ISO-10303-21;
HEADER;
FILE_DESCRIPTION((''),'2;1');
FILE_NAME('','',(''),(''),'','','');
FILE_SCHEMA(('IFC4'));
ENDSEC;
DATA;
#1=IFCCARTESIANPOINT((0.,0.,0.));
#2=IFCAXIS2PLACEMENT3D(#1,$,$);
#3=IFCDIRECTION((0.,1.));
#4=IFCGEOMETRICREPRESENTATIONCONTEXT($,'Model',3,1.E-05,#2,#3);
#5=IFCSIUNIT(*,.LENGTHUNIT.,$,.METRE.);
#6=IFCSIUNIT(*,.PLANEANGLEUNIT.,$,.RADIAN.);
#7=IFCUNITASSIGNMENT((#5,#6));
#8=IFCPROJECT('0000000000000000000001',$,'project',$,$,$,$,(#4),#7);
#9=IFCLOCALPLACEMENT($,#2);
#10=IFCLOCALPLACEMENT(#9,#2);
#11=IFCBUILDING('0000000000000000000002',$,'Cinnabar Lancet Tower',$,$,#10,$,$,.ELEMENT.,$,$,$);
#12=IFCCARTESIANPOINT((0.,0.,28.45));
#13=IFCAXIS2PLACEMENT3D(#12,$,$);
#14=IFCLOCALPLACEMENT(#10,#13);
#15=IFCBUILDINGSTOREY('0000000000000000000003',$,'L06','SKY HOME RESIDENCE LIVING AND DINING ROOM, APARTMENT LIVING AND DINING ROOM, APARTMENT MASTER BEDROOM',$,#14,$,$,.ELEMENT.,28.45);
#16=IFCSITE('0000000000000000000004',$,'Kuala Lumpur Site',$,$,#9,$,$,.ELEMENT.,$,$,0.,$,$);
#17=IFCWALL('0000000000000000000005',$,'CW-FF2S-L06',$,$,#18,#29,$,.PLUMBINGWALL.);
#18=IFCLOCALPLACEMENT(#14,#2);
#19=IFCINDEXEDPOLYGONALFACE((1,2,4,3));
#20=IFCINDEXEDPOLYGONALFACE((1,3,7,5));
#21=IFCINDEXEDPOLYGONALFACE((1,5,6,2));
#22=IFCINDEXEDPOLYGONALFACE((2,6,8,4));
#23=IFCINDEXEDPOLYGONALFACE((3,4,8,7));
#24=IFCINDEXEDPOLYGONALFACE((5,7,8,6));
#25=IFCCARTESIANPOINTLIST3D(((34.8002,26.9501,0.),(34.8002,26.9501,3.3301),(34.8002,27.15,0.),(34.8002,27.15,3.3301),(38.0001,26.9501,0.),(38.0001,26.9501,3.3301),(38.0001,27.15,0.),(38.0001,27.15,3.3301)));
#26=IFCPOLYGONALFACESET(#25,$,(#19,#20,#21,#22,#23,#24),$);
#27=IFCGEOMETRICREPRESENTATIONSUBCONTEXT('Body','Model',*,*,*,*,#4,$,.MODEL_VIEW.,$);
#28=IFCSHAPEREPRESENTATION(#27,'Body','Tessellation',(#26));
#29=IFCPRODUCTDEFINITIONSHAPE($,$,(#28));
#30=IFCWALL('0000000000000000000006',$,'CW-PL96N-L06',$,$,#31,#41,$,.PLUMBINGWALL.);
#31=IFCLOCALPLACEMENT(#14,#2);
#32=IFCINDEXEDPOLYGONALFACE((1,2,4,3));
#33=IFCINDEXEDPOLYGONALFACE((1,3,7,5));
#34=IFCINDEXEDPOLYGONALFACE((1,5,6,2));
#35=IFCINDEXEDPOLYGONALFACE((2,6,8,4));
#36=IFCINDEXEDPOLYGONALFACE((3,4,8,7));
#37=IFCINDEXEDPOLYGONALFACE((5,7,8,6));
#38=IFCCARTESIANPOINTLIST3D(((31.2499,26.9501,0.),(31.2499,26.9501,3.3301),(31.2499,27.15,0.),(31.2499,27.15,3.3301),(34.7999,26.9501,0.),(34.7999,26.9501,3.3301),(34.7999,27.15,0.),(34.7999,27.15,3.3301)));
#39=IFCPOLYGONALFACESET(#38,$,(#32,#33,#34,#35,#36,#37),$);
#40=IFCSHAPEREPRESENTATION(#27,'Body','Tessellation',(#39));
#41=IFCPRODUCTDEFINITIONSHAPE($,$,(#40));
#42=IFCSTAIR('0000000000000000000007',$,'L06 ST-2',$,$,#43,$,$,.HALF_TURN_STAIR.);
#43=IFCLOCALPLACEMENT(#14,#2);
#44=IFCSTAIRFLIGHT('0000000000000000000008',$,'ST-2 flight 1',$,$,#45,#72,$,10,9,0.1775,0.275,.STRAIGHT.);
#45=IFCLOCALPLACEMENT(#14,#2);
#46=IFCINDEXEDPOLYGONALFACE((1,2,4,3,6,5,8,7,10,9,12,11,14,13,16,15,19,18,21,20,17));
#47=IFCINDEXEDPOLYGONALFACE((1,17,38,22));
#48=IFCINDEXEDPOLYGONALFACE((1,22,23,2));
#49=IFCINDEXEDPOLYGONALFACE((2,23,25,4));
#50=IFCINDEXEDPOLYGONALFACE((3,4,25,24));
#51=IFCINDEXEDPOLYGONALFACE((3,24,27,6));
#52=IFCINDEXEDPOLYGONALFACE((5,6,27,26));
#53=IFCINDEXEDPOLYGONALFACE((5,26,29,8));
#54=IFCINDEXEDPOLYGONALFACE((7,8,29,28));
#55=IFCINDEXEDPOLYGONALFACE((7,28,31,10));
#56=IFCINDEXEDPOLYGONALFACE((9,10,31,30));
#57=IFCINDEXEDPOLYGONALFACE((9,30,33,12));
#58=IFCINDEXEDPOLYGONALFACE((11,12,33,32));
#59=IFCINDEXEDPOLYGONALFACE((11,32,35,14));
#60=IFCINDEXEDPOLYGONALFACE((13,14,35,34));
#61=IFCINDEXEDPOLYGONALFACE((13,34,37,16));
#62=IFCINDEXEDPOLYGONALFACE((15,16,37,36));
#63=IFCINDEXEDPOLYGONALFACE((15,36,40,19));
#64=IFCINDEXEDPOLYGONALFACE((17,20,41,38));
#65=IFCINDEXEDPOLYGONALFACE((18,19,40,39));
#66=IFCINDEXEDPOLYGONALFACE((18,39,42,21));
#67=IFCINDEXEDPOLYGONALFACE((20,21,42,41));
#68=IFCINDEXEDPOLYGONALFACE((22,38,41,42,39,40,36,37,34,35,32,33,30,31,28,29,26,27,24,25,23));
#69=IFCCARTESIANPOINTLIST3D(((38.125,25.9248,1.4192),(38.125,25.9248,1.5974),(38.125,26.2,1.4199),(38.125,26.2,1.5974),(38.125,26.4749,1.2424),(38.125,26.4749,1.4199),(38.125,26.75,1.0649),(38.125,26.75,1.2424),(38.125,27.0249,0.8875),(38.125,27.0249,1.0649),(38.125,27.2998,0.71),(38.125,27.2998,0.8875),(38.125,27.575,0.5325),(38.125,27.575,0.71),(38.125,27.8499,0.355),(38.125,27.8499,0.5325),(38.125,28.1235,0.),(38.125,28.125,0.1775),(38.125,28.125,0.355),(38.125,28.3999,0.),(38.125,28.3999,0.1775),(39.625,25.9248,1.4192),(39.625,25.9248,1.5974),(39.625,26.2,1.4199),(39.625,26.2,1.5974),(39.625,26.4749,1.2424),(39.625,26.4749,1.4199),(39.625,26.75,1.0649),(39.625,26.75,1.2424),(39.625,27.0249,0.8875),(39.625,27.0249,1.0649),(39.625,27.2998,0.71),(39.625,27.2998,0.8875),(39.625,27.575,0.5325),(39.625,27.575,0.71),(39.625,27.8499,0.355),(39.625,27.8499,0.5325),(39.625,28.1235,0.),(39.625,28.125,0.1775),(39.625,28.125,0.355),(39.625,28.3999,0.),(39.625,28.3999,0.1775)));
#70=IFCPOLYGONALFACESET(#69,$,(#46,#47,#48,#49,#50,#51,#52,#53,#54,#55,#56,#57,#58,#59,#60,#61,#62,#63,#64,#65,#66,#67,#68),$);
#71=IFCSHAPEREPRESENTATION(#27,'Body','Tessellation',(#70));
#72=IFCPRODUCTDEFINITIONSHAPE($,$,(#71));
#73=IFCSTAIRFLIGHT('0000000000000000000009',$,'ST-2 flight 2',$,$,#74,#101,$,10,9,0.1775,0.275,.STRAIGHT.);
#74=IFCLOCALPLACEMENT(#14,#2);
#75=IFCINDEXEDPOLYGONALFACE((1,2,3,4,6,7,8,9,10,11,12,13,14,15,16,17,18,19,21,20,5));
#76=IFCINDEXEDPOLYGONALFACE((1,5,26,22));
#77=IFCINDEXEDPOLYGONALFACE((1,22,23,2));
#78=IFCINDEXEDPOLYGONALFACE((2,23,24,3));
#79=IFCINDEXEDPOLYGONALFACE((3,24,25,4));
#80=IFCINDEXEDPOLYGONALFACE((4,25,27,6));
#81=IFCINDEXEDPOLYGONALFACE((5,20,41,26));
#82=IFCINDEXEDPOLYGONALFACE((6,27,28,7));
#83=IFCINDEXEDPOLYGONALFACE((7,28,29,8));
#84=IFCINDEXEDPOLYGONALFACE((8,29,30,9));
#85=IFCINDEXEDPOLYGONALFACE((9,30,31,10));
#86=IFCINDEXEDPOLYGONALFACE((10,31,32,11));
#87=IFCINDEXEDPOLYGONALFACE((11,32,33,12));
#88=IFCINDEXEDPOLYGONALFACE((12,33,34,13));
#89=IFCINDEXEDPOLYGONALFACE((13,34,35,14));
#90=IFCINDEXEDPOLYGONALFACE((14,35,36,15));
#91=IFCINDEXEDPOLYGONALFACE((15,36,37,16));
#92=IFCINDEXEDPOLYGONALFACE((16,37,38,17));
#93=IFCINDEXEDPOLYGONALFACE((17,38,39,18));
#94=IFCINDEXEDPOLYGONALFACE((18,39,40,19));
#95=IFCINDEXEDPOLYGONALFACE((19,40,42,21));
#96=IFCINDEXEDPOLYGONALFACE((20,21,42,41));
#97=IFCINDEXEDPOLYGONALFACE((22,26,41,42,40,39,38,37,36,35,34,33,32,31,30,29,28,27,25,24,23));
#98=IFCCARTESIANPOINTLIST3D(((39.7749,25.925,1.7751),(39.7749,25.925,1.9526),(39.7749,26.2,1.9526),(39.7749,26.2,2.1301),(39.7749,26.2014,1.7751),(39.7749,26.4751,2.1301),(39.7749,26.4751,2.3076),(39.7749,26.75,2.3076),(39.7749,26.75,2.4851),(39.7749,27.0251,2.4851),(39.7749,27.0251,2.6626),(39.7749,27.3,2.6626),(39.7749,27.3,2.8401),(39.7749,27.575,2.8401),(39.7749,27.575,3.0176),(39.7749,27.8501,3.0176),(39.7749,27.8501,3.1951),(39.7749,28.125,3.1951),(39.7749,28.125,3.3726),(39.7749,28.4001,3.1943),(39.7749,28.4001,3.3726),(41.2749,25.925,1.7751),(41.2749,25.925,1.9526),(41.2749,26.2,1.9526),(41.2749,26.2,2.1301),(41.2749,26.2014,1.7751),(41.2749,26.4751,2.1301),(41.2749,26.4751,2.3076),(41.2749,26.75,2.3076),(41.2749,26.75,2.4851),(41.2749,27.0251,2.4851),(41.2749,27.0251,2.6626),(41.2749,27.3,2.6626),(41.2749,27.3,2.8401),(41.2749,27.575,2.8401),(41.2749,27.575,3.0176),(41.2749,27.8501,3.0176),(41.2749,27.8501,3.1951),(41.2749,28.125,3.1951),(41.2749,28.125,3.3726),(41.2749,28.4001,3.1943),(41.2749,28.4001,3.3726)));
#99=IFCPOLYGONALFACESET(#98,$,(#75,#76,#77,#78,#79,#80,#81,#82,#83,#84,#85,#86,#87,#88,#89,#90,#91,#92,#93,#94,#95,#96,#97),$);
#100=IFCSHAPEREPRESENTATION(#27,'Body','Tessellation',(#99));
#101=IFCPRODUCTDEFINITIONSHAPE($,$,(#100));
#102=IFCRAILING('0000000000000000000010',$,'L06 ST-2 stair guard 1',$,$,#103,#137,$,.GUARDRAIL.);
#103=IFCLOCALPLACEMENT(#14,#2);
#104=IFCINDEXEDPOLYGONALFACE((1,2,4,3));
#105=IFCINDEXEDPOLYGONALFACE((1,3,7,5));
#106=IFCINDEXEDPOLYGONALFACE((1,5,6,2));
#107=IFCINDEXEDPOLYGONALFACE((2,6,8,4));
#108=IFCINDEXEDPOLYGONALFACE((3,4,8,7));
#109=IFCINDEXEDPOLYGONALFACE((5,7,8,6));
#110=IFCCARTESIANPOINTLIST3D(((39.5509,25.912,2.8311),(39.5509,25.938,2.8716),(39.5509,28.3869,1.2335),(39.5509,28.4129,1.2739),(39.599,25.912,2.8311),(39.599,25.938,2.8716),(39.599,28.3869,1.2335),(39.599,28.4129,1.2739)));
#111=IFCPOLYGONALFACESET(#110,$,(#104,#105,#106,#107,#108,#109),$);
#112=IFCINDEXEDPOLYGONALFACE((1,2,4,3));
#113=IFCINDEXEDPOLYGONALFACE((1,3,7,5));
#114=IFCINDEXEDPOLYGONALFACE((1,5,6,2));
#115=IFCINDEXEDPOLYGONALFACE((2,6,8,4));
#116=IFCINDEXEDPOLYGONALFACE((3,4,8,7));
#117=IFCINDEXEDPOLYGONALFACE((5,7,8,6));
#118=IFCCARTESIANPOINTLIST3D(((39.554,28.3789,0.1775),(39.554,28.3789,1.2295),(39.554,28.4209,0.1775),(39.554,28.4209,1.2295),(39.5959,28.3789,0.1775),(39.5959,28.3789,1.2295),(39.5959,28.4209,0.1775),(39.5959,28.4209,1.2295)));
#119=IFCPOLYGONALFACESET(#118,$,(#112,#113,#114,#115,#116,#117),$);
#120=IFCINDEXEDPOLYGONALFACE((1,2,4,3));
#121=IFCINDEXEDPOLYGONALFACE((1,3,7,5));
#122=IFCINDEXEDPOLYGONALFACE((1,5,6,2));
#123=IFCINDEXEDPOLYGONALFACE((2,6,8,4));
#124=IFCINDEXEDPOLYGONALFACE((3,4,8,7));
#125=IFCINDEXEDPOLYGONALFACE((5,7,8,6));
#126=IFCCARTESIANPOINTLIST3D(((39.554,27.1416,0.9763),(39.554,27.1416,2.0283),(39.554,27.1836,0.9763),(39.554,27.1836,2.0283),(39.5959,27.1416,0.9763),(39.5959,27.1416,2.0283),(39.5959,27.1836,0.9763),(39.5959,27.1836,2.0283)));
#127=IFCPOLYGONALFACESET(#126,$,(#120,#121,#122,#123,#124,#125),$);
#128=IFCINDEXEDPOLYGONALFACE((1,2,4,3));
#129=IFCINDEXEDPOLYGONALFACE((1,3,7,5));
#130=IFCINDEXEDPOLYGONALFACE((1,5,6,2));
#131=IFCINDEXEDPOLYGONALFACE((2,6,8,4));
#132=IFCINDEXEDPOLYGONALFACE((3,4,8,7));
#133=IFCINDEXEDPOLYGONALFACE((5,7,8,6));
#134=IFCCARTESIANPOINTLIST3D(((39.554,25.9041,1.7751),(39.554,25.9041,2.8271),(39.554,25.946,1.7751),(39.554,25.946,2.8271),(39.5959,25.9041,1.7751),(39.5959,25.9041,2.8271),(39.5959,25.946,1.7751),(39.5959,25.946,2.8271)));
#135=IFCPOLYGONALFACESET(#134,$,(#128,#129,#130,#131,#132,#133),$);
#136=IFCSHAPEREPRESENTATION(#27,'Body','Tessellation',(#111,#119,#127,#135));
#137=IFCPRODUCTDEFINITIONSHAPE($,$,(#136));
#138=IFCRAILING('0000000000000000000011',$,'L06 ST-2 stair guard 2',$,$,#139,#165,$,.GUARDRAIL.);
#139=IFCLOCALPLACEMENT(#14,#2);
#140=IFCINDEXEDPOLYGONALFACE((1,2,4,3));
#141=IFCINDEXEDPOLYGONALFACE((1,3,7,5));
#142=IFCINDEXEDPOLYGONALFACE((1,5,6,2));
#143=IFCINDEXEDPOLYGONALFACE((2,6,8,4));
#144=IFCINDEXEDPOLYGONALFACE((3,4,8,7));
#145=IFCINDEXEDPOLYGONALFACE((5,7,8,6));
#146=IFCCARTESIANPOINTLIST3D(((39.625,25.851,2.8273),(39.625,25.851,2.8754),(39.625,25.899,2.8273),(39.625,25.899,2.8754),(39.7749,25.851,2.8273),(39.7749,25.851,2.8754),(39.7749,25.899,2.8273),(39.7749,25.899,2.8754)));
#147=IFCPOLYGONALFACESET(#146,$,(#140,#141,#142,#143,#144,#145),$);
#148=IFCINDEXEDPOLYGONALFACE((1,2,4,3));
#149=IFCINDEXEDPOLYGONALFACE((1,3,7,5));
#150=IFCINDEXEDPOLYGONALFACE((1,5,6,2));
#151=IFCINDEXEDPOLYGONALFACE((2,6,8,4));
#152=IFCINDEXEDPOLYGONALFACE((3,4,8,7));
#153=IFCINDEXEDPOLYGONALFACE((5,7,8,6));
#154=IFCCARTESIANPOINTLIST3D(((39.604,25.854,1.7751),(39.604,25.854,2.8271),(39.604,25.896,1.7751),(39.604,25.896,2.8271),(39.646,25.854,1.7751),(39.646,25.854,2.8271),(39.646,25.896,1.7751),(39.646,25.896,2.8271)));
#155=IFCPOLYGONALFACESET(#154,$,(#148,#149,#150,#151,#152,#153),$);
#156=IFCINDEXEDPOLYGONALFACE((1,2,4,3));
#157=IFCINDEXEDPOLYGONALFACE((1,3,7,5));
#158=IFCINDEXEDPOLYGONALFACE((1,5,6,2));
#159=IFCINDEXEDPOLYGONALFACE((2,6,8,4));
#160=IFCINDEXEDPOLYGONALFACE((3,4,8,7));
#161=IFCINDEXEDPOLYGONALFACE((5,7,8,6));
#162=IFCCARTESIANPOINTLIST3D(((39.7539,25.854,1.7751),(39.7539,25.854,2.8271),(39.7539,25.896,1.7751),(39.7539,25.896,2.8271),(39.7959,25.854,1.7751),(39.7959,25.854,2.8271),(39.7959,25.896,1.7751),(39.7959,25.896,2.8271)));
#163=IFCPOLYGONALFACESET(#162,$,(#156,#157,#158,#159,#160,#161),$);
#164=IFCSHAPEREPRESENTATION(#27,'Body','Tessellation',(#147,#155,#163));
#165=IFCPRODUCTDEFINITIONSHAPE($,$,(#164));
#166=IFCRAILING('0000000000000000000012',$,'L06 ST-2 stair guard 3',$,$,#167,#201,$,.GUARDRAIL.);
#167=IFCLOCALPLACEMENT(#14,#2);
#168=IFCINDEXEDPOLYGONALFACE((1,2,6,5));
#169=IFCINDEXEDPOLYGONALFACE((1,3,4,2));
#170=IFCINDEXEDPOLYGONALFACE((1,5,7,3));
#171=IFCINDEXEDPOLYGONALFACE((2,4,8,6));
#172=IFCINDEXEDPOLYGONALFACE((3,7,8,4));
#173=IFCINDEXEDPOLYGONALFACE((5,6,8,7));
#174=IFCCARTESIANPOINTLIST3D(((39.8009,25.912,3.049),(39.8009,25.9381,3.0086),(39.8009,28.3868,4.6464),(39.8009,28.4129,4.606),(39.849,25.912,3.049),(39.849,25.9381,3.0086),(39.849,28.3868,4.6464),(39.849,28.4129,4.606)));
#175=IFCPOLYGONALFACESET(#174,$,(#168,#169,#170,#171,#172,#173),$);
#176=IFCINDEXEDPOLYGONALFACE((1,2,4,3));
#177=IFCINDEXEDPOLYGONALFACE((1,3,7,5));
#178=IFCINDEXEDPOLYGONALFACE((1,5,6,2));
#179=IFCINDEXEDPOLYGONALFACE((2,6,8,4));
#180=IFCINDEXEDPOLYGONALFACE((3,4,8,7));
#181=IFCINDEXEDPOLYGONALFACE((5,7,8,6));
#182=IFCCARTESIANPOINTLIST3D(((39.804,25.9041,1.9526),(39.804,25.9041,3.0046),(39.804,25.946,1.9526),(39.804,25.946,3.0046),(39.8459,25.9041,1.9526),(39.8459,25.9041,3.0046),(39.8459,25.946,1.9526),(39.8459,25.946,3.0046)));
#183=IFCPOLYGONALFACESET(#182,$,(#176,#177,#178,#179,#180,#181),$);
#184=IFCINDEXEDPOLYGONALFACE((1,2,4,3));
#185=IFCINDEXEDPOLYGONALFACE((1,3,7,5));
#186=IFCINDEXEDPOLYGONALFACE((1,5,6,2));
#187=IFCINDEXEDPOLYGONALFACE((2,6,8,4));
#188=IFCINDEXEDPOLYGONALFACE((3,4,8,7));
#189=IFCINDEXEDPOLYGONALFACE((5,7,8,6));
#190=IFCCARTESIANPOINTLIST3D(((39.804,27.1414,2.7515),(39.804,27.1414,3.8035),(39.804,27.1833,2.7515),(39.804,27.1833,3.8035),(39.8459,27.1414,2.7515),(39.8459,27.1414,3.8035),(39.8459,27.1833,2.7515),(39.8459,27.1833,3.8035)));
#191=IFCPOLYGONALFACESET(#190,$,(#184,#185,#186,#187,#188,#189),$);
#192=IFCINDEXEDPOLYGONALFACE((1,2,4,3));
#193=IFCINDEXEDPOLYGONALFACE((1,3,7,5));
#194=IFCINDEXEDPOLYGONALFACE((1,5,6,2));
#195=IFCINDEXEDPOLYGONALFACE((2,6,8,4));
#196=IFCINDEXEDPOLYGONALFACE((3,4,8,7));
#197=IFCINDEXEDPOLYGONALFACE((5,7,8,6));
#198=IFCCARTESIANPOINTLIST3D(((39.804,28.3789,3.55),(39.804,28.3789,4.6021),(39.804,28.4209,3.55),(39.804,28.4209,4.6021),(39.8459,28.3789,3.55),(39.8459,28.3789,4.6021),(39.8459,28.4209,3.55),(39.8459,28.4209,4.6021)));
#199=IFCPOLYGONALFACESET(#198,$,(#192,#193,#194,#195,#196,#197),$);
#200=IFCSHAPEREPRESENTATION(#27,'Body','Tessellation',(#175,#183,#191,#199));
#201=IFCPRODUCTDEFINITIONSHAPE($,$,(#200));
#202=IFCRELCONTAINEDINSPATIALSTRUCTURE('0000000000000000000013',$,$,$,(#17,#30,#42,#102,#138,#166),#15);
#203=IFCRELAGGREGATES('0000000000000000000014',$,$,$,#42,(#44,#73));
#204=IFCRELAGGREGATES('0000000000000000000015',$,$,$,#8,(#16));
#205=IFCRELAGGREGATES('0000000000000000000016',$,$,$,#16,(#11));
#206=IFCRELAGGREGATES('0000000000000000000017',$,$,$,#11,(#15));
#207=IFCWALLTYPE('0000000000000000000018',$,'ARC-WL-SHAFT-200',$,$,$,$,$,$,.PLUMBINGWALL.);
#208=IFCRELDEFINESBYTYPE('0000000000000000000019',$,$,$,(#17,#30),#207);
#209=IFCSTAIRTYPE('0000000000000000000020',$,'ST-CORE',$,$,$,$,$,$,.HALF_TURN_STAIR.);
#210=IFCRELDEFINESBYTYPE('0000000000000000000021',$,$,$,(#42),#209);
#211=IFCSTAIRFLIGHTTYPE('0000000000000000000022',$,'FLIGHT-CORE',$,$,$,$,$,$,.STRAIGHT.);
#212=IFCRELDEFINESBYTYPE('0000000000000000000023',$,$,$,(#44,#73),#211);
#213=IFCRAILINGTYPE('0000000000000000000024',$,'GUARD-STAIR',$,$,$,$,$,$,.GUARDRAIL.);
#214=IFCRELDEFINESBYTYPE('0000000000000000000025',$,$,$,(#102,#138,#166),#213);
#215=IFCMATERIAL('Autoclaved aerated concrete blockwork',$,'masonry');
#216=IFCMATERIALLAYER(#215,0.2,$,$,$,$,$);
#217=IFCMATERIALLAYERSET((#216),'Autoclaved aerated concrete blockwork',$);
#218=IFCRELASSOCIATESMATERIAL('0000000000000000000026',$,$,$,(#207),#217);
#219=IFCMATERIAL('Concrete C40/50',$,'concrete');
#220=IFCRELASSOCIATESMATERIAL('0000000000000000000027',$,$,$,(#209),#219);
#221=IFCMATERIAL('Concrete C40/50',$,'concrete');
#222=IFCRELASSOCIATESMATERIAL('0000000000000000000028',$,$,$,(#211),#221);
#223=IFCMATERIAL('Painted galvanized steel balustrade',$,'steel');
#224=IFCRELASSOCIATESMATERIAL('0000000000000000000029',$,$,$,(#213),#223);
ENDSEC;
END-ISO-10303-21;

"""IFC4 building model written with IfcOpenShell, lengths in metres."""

from ifc_helpers import new_model, si_unit, direction, frame, frame_2d, origin, origin_2d, place, context, subcontext, project, spatial, polyline, rectangle, outline, extrude, material, layer, layer_set, type_object, element, aggregate, save


model = new_model("IFC4")

# Units and contexts
model_context = context("Model", 3, precision=1e-05, world=origin(), true_north=direction((0.0, 1.0)))
body_context = subcontext(model_context, "Body", "Model", "MODEL_VIEW")
ifc_project = project(units=[si_unit("LENGTHUNIT", "METRE"), si_unit("PLANEANGLEUNIT", "RADIAN")], contexts=[model_context])

# Site, building, storey
site_placement = place(None, origin())
site = spatial("IfcSite", under=ifc_project, at=site_placement, Name="Kuala Lumpur Site", CompositionType="ELEMENT", RefElevation=0.0)
building_placement = place(site_placement, origin())
building = spatial("IfcBuilding", under=site, at=building_placement, Name="Cinnabar Lancet Tower", CompositionType="ELEMENT")
storey_placement = place(building_placement, frame((0.0, 0.0, 28.45)))
storey = spatial("IfcBuildingStorey", under=building, at=storey_placement, Name="L06", Description="SKY HOME RESIDENCE LIVING AND DINING ROOM, APARTMENT LIVING AND DINING ROOM, APARTMENT MASTER BEDROOM", CompositionType="ELEMENT", Elevation=28.45)

# Shared definitions
ifc_material_1 = material(Name="Autoclaved aerated concrete blockwork", Category="masonry")
ifc_layer = layer(ifc_material_1, 0.2)
ifc_layer_set = layer_set([ifc_layer], Name="Autoclaved aerated concrete blockwork")
wall_type = type_object("IfcWallType", Name="ARC-WL-SHAFT-200", PredefinedType="PLUMBINGWALL", material=ifc_layer_set)

# Walls
wall_1_placement = place(storey_placement, frame((34.8, 27.05, 0.0), z_axis=(0.0, 0.0, 1.0), x_axis=(1.0, 0.0, 0.0)))
element("IfcWall", 1, at=wall_1_placement, inside=storey, type_object=wall_type, Name="CW-FF2S-L06", PredefinedType="PLUMBINGWALL", context=body_context, shape_type="SweptSolid", body=[
    extrude(rectangle(XDim=3.2, YDim=0.2, at=frame_2d((1.6001, 0.0))), origin(), (0.0, 0.0, 1.0), 3.3301),
])
wall_2_placement = place(storey_placement, frame((31.25, 27.05, 0.0), z_axis=(0.0, 0.0, 1.0), x_axis=(1.0, 0.0, 0.0)))
element("IfcWall", 2, at=wall_2_placement, inside=storey, type_object=wall_type, Name="CW-PL96N-L06", PredefinedType="PLUMBINGWALL", context=body_context, shape_type="SweptSolid", body=[
    extrude(rectangle(XDim=3.55, YDim=0.2, at=frame_2d((1.7749, 0.0))), origin(), (0.0, 0.0, 1.0), 3.3301),
])

# Stair, stair flights
ifc_material_2 = material(Name="Concrete C40/50", Category="concrete")
stair_type = type_object("IfcStairType", Name="ST-CORE", PredefinedType="HALF_TURN_STAIR", material=ifc_material_2)
stair_placement = place(storey_placement, origin())
stair = element("IfcStair", 3, at=stair_placement, inside=storey, type_object=stair_type, Name="L06 ST-2", PredefinedType="HALF_TURN_STAIR")
ifc_material_3 = material(Name="Concrete C40/50", Category="concrete")
stair_flight_type = type_object("IfcStairFlightType", Name="FLIGHT-CORE", PredefinedType="STRAIGHT", material=ifc_material_3)
stair_flight_1_placement = place(storey_placement, frame((38.875, 28.3999, 0.0), z_axis=(0.0, 0.0, 1.0), x_axis=(0.0, -1.0, 0.0)))
stair_flight_1 = element("IfcStairFlight", 4, at=stair_flight_1_placement, type_object=stair_flight_type, Name="ST-2 flight 1", NumberOfRisers=10, NumberOfTreads=9, PredefinedType="STRAIGHT", RiserHeight=0.1775, TreadLength=0.275, context=body_context, shape_type="SweptSolid", body=[
    extrude(outline(polyline([(0.0, 0.0), (0.0, 0.1775), (0.2749, 0.1775), (0.2749, 0.355), (0.55, 0.355), (0.55, 0.5325), (0.825, 0.5325), (0.825, 0.71), (1.1001, 0.71), (1.1001, 0.8875), (1.375, 0.8875), (1.375, 1.0649), (1.6499, 1.0649), (1.6499, 1.2424), (1.925, 1.2424), (1.925, 1.4199), (2.2, 1.4199), (2.2, 1.5974), (2.4751, 1.5974), (2.4751, 1.7749), (2.4751, 1.4192), (0.2764, 0.0), (0.0, 0.0)])), frame((0.0, 0.75, 0.0), z_axis=(0.0, -1.0, 0.0), x_axis=(1.0, 0.0, 0.0)), (0.0, 0.0, 1.0), 1.5),
])
stair_flight_2_placement = place(storey_placement, frame((40.5249, 25.925, 1.7751), z_axis=(0.0, 0.0, 1.0), x_axis=(0.0, 1.0, 0.0)))
stair_flight_2 = element("IfcStairFlight", 5, at=stair_flight_2_placement, type_object=stair_flight_type, Name="ST-2 flight 2", NumberOfRisers=10, NumberOfTreads=9, PredefinedType="STRAIGHT", RiserHeight=0.1775, TreadLength=0.275, context=body_context, shape_type="SweptSolid", body=[
    extrude(outline(polyline([(0.0, 0.0), (0.0, 0.1775), (0.2749, 0.1775), (0.2749, 0.355), (0.55, 0.355), (0.55, 0.5325), (0.825, 0.5325), (0.825, 0.71), (1.1001, 0.71), (1.1001, 0.8875), (1.375, 0.8875), (1.375, 1.0649), (1.6499, 1.0649), (1.6499, 1.2424), (1.925, 1.2424), (1.925, 1.4199), (2.2, 1.4199), (2.2, 1.5974), (2.4751, 1.5974), (2.4751, 1.7749), (2.4751, 1.4192), (0.2764, 0.0), (0.0, 0.0)])), frame((0.0, 0.75, 0.0), z_axis=(0.0, -1.0, 0.0), x_axis=(1.0, 0.0, 0.0)), (0.0, 0.0, 1.0), 1.5),
])
aggregate(stair, [stair_flight_1, stair_flight_2])

# Railings
ifc_material_4 = material(Name="Painted galvanized steel balustrade", Category="steel")
railing_type_1 = type_object("IfcRailingType", Name="GUARD-STAIR", PredefinedType="GUARDRAIL", material=ifc_material_4)
railing_1_placement = place(storey_placement, frame((39.575, 28.3999, 0.1775)))
element("IfcRailing", 6, at=railing_1_placement, inside=storey, type_object=railing_type_1, Name="L06 ST-2 stair guard 1", PredefinedType="GUARDRAIL", context=body_context, shape_type="SweptSolid", body=[
    extrude(rectangle(XDim=0.0481, YDim=0.0481, at=origin_2d()), frame((0.0, 0.0, 1.0762), z_axis=(0.0, -0.840146, 0.542361), x_axis=(1.0, 0.0, 0.0)), (0.0, 0.0, 1.0), 2.9458),
    extrude(rectangle(XDim=0.042, YDim=0.042, at=origin_2d()), origin(), (0.0, 0.0, 1.0), 1.052),
    extrude(rectangle(XDim=0.042, YDim=0.042, at=origin_2d()), frame((0.0, -1.2373, 0.7988)), (0.0, 0.0, 1.0), 1.052),
    extrude(rectangle(XDim=0.042, YDim=0.042, at=origin_2d()), frame((0.0, -2.4749, 1.5977)), (0.0, 0.0, 1.0), 1.052),
])
railing_2_placement = place(storey_placement, frame((39.625, 25.875, 1.7751)))
element("IfcRailing", 7, at=railing_2_placement, inside=storey, type_object=railing_type_1, Name="L06 ST-2 stair guard 2", PredefinedType="GUARDRAIL", context=body_context, shape_type="SweptSolid", body=[
    extrude(rectangle(XDim=0.0481, YDim=0.0481, at=origin_2d()), frame((0.0, 0.0, 1.0762), z_axis=(1.0, 0.0, 0.0), x_axis=(0.0, 1.0, 0.0)), (0.0, 0.0, 1.0), 0.1499),
    extrude(rectangle(XDim=0.042, YDim=0.042, at=origin_2d()), origin(), (0.0, 0.0, 1.0), 1.052),
    extrude(rectangle(XDim=0.042, YDim=0.042, at=origin_2d()), frame((0.1499, 0.0, 0.0)), (0.0, 0.0, 1.0), 1.052),
])
railing_3_placement = place(storey_placement, frame((39.825, 25.925, 1.9526)))
element("IfcRailing", 8, at=railing_3_placement, inside=storey, type_object=railing_type_1, Name="L06 ST-2 stair guard 3", PredefinedType="GUARDRAIL", context=body_context, shape_type="SweptSolid", body=[
    extrude(rectangle(XDim=0.0481, YDim=0.0481, at=origin_2d()), frame((0.0, 0.0, 1.0762), z_axis=(0.0, 0.840183, 0.542302), x_axis=(-1.0, 0.0, 0.0)), (0.0, 0.0, 1.0), 2.9456),
    extrude(rectangle(XDim=0.042, YDim=0.042, at=origin_2d()), origin(), (0.0, 0.0, 1.0), 1.052),
    extrude(rectangle(XDim=0.042, YDim=0.042, at=origin_2d()), frame((0.0, 1.2373, 0.7988)), (0.0, 0.0, 1.0), 1.052),
    extrude(rectangle(XDim=0.042, YDim=0.042, at=origin_2d()), frame((0.0, 2.4749, 1.5974)), (0.0, 0.0, 1.0), 1.052),
])

save(model, "model.ifc")
